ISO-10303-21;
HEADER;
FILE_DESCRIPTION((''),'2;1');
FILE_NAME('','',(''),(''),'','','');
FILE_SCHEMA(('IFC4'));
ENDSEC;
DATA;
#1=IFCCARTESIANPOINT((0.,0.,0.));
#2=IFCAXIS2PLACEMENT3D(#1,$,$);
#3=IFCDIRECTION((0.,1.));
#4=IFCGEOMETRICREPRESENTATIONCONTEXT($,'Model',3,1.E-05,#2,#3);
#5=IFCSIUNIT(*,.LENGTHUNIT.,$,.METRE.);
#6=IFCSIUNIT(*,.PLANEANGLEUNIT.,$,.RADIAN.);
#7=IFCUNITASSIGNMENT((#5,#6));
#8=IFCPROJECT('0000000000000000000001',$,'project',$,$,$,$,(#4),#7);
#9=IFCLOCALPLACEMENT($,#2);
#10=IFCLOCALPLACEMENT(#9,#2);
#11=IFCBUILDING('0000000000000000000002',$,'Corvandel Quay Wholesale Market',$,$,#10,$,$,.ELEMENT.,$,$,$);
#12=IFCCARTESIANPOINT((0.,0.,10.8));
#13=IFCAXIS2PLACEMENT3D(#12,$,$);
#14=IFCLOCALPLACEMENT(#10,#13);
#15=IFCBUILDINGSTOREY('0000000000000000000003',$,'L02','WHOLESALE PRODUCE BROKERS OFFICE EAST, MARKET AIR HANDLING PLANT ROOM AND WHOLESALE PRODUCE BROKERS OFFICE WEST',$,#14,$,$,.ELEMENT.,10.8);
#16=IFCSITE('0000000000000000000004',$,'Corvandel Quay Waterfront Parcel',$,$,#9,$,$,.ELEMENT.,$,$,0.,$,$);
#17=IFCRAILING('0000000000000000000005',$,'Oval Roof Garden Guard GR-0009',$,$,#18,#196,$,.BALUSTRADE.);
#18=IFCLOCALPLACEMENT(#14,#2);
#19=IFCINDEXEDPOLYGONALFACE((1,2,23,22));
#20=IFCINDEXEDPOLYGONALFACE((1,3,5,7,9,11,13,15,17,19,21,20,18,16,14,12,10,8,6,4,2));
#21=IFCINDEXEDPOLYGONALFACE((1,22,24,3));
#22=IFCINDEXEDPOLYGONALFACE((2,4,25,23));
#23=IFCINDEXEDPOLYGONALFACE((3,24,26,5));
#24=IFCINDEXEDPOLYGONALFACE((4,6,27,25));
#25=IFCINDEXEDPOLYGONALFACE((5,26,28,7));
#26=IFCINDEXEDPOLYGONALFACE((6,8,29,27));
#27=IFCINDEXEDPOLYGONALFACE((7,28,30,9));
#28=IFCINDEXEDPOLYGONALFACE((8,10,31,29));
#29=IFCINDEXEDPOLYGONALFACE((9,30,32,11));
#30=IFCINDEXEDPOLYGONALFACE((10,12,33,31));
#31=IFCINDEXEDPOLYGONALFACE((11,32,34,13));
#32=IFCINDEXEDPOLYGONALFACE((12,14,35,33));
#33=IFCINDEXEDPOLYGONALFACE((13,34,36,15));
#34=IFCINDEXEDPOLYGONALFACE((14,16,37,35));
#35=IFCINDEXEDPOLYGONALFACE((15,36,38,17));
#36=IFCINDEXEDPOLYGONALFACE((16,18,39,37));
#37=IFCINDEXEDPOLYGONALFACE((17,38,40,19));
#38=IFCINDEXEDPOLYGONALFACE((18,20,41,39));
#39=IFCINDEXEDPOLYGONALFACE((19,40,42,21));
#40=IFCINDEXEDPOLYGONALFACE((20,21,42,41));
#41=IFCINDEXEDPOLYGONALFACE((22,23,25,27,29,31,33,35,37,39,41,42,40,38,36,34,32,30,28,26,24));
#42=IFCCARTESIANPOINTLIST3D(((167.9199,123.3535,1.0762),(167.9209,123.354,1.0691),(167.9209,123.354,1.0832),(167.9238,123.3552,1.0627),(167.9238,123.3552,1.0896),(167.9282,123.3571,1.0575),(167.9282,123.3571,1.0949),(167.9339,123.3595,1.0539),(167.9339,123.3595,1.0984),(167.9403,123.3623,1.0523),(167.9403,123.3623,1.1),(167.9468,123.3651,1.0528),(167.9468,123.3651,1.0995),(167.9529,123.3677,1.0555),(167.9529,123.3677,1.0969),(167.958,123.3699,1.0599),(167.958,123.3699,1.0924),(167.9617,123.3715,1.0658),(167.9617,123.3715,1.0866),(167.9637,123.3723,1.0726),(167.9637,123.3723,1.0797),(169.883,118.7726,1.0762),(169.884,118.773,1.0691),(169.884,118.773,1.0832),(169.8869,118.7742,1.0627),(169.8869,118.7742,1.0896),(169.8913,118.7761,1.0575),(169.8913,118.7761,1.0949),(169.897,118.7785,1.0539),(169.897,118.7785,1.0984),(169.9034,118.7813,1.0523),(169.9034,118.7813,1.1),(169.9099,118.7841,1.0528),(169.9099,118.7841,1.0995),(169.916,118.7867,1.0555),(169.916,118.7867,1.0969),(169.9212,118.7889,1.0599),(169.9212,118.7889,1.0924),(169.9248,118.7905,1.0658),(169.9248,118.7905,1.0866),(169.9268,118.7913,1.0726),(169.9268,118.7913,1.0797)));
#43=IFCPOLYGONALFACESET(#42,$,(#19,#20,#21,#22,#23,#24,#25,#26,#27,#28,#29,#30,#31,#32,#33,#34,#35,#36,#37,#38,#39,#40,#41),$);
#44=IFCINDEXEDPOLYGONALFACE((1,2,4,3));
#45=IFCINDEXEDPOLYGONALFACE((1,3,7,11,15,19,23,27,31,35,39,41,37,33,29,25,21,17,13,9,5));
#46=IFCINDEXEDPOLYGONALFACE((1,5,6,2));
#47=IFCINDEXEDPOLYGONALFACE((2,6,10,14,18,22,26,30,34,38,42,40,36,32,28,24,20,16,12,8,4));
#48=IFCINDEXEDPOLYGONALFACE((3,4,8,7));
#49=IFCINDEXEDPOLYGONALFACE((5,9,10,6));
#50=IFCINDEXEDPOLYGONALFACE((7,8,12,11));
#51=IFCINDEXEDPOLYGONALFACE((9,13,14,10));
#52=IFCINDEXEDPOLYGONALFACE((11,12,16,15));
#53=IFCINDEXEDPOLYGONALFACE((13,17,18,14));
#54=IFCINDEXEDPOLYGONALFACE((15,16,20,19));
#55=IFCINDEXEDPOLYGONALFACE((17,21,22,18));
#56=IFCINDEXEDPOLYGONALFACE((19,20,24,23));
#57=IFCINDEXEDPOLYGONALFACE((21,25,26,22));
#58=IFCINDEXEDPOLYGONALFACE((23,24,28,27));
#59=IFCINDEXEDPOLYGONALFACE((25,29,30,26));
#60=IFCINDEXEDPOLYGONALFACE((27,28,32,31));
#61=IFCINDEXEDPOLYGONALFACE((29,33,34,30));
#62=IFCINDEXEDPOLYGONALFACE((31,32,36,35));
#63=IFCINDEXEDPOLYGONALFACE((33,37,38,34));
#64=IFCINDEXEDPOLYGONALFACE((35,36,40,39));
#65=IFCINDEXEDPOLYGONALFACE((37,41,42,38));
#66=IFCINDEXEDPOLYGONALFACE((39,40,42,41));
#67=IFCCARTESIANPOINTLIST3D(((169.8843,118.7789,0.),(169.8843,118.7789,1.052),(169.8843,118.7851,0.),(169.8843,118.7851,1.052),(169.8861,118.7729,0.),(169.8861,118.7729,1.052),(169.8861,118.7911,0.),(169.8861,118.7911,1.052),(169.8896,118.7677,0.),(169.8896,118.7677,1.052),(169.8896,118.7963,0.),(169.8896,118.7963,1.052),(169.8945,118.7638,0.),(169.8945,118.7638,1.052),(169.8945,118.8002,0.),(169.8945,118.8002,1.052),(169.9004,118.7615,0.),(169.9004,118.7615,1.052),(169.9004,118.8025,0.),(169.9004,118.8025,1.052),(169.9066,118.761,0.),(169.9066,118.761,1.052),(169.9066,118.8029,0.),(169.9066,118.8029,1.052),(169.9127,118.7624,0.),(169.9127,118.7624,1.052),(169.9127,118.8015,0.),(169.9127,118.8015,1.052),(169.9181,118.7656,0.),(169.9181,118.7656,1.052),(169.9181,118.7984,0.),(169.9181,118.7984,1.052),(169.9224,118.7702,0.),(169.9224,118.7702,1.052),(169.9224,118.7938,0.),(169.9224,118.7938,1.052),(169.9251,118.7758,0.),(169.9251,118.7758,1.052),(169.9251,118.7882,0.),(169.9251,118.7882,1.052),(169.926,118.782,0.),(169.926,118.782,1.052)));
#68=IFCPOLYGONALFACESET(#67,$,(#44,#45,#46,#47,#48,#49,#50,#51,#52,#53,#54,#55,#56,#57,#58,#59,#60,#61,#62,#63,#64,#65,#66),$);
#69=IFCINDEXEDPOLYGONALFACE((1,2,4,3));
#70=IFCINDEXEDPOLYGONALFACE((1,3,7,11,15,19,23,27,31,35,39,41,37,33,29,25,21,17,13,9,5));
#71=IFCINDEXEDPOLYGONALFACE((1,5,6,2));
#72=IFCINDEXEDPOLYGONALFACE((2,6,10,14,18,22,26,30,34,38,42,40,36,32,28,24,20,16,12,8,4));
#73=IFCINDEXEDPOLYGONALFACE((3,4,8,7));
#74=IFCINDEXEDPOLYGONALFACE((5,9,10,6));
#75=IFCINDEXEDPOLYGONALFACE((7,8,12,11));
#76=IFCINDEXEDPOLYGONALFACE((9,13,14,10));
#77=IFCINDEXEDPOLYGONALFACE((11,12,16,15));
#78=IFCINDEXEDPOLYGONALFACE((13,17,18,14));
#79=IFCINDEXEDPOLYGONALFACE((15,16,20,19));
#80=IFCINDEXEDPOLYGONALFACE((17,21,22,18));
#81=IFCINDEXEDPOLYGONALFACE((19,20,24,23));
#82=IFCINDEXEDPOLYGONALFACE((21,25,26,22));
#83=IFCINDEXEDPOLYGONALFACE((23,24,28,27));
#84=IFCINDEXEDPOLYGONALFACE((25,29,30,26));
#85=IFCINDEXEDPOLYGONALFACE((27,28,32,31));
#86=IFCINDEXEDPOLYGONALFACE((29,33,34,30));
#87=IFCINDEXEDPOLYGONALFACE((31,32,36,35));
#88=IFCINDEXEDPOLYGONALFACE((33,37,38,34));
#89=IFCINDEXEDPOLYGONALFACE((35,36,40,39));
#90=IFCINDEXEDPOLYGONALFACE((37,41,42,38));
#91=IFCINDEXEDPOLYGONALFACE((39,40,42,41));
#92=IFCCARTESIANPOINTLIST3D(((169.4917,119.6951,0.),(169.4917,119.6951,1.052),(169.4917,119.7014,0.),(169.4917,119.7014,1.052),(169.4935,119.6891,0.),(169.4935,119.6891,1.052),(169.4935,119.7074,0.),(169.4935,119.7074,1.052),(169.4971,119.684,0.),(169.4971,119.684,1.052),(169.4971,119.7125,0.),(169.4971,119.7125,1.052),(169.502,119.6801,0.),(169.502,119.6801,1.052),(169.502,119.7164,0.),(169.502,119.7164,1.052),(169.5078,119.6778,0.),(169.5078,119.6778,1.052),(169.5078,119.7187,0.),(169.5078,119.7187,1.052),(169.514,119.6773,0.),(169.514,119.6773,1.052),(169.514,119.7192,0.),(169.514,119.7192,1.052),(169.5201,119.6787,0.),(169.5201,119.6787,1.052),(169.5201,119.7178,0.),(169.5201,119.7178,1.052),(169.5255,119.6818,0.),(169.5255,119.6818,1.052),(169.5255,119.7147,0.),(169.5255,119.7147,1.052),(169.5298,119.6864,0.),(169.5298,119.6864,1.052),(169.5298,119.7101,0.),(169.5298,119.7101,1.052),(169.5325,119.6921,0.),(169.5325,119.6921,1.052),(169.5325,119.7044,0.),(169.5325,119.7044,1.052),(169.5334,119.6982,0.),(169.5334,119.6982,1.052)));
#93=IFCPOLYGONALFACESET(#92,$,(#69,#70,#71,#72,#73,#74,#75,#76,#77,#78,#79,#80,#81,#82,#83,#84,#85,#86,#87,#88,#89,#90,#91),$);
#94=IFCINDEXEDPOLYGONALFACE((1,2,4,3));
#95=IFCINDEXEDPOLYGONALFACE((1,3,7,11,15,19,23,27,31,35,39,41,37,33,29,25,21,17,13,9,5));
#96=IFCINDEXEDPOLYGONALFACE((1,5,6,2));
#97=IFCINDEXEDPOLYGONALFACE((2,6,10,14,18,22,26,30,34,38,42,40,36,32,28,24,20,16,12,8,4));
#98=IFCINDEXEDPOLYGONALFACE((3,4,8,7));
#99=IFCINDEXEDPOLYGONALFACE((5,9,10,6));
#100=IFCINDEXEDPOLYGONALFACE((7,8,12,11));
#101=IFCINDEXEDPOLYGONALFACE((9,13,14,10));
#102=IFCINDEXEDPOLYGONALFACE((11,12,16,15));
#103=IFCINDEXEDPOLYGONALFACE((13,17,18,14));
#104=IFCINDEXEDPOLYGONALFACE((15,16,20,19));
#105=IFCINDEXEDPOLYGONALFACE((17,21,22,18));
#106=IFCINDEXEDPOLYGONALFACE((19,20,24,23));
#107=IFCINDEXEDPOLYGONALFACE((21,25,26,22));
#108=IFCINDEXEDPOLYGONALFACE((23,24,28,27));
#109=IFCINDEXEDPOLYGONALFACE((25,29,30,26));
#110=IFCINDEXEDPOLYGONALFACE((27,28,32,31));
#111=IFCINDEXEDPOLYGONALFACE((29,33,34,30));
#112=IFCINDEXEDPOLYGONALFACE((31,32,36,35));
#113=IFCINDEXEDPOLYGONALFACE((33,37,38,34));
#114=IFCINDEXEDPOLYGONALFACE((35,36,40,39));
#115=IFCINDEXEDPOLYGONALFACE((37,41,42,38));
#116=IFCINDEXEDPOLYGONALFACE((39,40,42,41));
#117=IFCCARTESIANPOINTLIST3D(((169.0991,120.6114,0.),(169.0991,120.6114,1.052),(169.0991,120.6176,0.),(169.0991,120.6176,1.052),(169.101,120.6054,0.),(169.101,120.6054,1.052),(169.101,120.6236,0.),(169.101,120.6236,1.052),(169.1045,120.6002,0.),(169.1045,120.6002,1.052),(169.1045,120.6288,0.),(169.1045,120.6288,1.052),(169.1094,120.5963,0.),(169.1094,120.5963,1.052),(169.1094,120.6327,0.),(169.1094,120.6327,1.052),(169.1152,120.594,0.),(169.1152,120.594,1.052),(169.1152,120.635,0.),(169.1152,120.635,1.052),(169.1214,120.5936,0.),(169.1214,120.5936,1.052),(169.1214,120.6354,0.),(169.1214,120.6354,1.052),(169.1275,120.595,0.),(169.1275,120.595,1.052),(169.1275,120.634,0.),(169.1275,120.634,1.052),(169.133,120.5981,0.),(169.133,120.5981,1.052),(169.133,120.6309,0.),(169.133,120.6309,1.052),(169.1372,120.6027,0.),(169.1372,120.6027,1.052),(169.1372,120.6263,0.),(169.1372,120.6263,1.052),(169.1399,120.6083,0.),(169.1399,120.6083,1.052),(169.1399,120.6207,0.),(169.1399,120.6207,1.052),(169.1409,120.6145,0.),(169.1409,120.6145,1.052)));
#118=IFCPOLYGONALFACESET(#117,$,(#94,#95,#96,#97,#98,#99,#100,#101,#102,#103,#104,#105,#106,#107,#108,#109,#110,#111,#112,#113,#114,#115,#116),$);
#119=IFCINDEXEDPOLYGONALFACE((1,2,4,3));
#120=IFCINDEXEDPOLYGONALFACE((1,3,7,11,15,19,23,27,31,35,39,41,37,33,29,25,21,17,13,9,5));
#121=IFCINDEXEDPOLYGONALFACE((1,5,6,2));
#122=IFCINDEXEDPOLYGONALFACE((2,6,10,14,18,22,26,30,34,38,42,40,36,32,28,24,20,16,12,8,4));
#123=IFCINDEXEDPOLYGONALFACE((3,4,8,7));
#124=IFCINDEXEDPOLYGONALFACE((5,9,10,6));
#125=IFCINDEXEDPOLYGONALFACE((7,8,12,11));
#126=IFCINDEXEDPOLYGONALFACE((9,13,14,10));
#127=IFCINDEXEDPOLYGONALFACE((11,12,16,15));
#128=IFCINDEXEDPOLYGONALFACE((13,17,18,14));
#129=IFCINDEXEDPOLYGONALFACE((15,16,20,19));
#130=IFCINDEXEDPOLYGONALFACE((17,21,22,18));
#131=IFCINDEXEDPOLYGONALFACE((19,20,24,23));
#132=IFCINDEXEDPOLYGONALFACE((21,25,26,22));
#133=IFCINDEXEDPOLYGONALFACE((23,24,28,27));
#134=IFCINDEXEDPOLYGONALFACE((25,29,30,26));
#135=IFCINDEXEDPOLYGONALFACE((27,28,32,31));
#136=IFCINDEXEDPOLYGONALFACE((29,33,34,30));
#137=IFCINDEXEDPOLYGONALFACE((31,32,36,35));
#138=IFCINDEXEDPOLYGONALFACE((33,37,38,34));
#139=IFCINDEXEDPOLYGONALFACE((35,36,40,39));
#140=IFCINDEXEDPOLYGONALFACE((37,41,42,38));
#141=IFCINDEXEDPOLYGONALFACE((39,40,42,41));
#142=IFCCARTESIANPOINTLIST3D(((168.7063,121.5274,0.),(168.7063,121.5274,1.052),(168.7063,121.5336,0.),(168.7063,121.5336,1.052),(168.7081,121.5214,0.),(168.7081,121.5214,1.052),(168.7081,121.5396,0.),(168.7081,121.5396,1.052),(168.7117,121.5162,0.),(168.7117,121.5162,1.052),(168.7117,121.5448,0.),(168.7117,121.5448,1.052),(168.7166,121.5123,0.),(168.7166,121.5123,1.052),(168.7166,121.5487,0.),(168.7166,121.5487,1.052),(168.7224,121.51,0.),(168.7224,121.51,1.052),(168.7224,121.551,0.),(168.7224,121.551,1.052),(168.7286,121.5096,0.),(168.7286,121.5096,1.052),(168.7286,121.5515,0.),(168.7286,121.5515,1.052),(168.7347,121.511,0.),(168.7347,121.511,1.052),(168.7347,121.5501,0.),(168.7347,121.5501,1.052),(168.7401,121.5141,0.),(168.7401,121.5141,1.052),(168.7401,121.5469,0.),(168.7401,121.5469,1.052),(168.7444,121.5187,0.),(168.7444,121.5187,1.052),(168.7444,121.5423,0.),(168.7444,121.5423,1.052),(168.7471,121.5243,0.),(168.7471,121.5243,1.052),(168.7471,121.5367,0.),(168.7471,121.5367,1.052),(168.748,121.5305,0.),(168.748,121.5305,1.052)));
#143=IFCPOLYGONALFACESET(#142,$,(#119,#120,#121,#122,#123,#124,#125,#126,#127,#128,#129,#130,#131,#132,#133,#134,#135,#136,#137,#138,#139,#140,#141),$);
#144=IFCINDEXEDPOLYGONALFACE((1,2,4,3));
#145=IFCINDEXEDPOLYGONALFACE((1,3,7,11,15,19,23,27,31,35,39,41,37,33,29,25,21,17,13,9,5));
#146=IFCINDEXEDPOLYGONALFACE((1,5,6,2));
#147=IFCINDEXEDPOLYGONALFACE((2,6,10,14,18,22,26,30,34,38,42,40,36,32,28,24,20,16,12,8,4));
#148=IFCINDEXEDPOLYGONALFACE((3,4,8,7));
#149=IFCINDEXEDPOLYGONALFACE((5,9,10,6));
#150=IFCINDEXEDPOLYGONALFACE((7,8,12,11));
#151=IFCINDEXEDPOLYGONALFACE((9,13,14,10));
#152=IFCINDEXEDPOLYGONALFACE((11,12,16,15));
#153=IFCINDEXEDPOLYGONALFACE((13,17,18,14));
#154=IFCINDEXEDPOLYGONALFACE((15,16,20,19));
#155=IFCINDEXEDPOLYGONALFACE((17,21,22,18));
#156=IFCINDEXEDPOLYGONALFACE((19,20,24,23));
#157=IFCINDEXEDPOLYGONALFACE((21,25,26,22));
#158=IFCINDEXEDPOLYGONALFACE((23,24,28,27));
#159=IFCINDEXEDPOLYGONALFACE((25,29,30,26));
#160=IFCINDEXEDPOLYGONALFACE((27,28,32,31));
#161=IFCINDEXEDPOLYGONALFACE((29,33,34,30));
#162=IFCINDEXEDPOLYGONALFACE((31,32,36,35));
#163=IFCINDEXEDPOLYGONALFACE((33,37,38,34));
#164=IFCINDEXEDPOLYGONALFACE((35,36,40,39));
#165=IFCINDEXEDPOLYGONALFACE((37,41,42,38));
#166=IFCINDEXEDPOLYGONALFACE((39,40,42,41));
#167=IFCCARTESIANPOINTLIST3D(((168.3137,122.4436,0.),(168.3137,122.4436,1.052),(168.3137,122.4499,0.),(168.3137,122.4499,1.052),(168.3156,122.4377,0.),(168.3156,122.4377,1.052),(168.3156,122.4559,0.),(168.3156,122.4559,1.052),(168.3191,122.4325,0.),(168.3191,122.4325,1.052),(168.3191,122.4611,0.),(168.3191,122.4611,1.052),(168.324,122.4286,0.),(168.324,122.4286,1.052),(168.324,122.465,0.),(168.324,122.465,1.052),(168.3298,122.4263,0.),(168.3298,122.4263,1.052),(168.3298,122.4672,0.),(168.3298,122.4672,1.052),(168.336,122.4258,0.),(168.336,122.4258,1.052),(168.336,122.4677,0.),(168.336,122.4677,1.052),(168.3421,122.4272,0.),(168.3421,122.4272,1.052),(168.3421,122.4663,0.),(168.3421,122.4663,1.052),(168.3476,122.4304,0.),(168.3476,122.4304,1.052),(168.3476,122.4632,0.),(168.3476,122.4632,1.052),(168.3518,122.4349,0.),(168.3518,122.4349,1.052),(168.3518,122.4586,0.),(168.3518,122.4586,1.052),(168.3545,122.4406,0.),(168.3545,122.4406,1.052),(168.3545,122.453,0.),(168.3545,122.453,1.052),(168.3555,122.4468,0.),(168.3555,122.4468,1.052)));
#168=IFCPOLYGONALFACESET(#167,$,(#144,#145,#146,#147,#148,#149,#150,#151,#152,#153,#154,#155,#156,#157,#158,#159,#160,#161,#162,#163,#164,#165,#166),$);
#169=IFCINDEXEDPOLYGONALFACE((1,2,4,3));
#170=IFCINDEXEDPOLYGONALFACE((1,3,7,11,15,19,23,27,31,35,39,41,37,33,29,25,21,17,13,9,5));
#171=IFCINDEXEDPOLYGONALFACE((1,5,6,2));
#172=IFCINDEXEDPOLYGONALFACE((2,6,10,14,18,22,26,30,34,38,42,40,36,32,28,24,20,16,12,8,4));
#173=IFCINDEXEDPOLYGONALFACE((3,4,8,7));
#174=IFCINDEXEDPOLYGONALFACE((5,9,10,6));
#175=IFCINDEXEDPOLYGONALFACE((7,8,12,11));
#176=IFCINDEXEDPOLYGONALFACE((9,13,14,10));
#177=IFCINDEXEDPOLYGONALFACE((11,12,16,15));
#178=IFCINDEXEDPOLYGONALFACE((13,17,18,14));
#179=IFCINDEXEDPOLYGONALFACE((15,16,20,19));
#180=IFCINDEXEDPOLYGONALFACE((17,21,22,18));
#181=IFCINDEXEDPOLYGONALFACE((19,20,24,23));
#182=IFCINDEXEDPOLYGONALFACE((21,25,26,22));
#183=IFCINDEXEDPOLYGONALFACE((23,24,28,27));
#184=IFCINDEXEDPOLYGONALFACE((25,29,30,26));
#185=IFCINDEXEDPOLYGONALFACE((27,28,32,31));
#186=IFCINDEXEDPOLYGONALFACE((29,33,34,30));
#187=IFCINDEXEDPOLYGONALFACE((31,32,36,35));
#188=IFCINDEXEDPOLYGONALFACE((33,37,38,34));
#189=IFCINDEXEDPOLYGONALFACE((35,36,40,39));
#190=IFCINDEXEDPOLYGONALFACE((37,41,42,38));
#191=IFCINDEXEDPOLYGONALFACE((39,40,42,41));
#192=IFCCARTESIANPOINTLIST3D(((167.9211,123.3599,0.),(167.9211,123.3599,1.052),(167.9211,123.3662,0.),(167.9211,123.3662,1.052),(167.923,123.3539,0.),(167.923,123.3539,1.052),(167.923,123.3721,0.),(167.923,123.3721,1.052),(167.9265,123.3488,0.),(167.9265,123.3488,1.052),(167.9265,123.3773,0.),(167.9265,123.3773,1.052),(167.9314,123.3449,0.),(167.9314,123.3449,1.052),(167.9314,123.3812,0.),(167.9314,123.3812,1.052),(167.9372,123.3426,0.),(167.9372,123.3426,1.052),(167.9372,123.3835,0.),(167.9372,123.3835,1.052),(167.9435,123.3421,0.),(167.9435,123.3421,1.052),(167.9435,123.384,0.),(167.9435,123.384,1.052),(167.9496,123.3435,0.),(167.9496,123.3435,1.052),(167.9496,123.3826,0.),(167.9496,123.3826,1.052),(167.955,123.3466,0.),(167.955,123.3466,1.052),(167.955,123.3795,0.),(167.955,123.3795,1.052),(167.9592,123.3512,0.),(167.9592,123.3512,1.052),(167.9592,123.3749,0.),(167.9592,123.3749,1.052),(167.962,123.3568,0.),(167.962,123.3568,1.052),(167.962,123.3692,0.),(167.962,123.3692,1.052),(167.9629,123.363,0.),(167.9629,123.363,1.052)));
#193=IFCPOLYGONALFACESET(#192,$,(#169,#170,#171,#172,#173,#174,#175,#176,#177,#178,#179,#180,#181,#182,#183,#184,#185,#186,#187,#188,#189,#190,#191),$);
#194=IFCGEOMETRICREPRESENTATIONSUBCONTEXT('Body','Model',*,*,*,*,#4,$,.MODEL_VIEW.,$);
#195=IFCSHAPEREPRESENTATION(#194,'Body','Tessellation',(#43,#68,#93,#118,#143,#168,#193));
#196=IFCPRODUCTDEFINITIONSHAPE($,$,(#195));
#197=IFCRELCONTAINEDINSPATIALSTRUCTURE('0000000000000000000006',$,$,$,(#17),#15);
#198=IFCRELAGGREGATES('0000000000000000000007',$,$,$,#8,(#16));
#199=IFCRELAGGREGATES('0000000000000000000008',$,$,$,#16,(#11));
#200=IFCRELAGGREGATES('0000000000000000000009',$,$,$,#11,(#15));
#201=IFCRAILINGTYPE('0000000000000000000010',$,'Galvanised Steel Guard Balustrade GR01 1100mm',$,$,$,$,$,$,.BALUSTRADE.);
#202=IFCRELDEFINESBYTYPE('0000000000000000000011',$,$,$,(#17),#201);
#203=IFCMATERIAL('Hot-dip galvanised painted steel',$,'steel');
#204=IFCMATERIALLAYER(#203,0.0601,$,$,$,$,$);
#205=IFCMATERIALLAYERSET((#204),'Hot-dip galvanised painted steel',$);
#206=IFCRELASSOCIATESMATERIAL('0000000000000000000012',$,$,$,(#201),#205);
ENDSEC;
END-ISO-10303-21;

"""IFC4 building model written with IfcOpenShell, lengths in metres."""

from ifc_helpers import new_model, si_unit, direction, frame, origin, origin_2d, place, context, subcontext, project, spatial, circle, extrude, material, layer, layer_set, type_object, element, save


model = new_model("IFC4")

# Units and contexts
model_context = context("Model", 3, precision=1e-05, world=origin(), true_north=direction((0.0, 1.0)))
body_context = subcontext(model_context, "Body", "Model", "MODEL_VIEW")
ifc_project = project(units=[si_unit("LENGTHUNIT", "METRE"), si_unit("PLANEANGLEUNIT", "RADIAN")], contexts=[model_context])

# Site, building, storey
site_placement = place(None, origin())
site = spatial("IfcSite", under=ifc_project, at=site_placement, Name="Corvandel Quay Waterfront Parcel", CompositionType="ELEMENT", RefElevation=0.0)
building_placement = place(site_placement, origin())
building = spatial("IfcBuilding", under=site, at=building_placement, Name="Corvandel Quay Wholesale Market", CompositionType="ELEMENT")
storey_placement = place(building_placement, frame((0.0, 0.0, 10.8)))
storey = spatial("IfcBuildingStorey", under=building, at=storey_placement, Name="L02", Description="WHOLESALE PRODUCE BROKERS OFFICE EAST, MARKET AIR HANDLING PLANT ROOM AND WHOLESALE PRODUCE BROKERS OFFICE WEST", CompositionType="ELEMENT", Elevation=10.8)

# Railing
ifc_material_1 = material(Name="Hot-dip galvanised painted steel", Category="steel")
ifc_layer_1 = layer(ifc_material_1, 0.0601)
ifc_layer_set_1 = layer_set([ifc_layer_1], Name="Hot-dip galvanised painted steel")
railing_type = type_object("IfcRailingType", Name="Galvanised Steel Guard Balustrade GR01 1100mm", PredefinedType="BALUSTRADE", material=ifc_layer_set_1)
railing_1_placement = place(storey_placement, frame((169.905, 118.782, 0.0)))
element("IfcRailing", 1, at=railing_1_placement, inside=storey, type_object=railing_type, Name="Oval Roof Garden Guard GR-0009", PredefinedType="BALUSTRADE", context=body_context, shape_type="SweptSolid", body=[
    extrude(circle(Radius=0.0239, at=origin_2d()), frame((0.0, 0.0, 1.0762), z_axis=(-0.39389, 0.919158, 0.0), x_axis=(-0.919158, -0.39389, 0.0)), (0.0, 0.0, 1.0), 4.9839),
    extrude(circle(Radius=0.021, at=origin_2d()), origin(), (0.0, 0.0, 1.0), 1.052),
    extrude(circle(Radius=0.021, at=origin_2d()), frame((-0.3926, 0.9163, 0.0)), (0.0, 0.0, 1.0), 1.052),
    extrude(circle(Radius=0.021, at=origin_2d()), frame((-0.7852, 1.8325, 0.0)), (0.0, 0.0, 1.0), 1.052),
    extrude(circle(Radius=0.021, at=origin_2d()), frame((-1.178, 2.7485, 0.0)), (0.0, 0.0, 1.0), 1.052),
    extrude(circle(Radius=0.021, at=origin_2d()), frame((-1.5706, 3.6648, 0.0)), (0.0, 0.0, 1.0), 1.052),
    extrude(circle(Radius=0.021, at=origin_2d()), frame((-1.9631, 4.5811, 0.0)), (0.0, 0.0, 1.0), 1.052),
])

save(model, "model.ifc")
